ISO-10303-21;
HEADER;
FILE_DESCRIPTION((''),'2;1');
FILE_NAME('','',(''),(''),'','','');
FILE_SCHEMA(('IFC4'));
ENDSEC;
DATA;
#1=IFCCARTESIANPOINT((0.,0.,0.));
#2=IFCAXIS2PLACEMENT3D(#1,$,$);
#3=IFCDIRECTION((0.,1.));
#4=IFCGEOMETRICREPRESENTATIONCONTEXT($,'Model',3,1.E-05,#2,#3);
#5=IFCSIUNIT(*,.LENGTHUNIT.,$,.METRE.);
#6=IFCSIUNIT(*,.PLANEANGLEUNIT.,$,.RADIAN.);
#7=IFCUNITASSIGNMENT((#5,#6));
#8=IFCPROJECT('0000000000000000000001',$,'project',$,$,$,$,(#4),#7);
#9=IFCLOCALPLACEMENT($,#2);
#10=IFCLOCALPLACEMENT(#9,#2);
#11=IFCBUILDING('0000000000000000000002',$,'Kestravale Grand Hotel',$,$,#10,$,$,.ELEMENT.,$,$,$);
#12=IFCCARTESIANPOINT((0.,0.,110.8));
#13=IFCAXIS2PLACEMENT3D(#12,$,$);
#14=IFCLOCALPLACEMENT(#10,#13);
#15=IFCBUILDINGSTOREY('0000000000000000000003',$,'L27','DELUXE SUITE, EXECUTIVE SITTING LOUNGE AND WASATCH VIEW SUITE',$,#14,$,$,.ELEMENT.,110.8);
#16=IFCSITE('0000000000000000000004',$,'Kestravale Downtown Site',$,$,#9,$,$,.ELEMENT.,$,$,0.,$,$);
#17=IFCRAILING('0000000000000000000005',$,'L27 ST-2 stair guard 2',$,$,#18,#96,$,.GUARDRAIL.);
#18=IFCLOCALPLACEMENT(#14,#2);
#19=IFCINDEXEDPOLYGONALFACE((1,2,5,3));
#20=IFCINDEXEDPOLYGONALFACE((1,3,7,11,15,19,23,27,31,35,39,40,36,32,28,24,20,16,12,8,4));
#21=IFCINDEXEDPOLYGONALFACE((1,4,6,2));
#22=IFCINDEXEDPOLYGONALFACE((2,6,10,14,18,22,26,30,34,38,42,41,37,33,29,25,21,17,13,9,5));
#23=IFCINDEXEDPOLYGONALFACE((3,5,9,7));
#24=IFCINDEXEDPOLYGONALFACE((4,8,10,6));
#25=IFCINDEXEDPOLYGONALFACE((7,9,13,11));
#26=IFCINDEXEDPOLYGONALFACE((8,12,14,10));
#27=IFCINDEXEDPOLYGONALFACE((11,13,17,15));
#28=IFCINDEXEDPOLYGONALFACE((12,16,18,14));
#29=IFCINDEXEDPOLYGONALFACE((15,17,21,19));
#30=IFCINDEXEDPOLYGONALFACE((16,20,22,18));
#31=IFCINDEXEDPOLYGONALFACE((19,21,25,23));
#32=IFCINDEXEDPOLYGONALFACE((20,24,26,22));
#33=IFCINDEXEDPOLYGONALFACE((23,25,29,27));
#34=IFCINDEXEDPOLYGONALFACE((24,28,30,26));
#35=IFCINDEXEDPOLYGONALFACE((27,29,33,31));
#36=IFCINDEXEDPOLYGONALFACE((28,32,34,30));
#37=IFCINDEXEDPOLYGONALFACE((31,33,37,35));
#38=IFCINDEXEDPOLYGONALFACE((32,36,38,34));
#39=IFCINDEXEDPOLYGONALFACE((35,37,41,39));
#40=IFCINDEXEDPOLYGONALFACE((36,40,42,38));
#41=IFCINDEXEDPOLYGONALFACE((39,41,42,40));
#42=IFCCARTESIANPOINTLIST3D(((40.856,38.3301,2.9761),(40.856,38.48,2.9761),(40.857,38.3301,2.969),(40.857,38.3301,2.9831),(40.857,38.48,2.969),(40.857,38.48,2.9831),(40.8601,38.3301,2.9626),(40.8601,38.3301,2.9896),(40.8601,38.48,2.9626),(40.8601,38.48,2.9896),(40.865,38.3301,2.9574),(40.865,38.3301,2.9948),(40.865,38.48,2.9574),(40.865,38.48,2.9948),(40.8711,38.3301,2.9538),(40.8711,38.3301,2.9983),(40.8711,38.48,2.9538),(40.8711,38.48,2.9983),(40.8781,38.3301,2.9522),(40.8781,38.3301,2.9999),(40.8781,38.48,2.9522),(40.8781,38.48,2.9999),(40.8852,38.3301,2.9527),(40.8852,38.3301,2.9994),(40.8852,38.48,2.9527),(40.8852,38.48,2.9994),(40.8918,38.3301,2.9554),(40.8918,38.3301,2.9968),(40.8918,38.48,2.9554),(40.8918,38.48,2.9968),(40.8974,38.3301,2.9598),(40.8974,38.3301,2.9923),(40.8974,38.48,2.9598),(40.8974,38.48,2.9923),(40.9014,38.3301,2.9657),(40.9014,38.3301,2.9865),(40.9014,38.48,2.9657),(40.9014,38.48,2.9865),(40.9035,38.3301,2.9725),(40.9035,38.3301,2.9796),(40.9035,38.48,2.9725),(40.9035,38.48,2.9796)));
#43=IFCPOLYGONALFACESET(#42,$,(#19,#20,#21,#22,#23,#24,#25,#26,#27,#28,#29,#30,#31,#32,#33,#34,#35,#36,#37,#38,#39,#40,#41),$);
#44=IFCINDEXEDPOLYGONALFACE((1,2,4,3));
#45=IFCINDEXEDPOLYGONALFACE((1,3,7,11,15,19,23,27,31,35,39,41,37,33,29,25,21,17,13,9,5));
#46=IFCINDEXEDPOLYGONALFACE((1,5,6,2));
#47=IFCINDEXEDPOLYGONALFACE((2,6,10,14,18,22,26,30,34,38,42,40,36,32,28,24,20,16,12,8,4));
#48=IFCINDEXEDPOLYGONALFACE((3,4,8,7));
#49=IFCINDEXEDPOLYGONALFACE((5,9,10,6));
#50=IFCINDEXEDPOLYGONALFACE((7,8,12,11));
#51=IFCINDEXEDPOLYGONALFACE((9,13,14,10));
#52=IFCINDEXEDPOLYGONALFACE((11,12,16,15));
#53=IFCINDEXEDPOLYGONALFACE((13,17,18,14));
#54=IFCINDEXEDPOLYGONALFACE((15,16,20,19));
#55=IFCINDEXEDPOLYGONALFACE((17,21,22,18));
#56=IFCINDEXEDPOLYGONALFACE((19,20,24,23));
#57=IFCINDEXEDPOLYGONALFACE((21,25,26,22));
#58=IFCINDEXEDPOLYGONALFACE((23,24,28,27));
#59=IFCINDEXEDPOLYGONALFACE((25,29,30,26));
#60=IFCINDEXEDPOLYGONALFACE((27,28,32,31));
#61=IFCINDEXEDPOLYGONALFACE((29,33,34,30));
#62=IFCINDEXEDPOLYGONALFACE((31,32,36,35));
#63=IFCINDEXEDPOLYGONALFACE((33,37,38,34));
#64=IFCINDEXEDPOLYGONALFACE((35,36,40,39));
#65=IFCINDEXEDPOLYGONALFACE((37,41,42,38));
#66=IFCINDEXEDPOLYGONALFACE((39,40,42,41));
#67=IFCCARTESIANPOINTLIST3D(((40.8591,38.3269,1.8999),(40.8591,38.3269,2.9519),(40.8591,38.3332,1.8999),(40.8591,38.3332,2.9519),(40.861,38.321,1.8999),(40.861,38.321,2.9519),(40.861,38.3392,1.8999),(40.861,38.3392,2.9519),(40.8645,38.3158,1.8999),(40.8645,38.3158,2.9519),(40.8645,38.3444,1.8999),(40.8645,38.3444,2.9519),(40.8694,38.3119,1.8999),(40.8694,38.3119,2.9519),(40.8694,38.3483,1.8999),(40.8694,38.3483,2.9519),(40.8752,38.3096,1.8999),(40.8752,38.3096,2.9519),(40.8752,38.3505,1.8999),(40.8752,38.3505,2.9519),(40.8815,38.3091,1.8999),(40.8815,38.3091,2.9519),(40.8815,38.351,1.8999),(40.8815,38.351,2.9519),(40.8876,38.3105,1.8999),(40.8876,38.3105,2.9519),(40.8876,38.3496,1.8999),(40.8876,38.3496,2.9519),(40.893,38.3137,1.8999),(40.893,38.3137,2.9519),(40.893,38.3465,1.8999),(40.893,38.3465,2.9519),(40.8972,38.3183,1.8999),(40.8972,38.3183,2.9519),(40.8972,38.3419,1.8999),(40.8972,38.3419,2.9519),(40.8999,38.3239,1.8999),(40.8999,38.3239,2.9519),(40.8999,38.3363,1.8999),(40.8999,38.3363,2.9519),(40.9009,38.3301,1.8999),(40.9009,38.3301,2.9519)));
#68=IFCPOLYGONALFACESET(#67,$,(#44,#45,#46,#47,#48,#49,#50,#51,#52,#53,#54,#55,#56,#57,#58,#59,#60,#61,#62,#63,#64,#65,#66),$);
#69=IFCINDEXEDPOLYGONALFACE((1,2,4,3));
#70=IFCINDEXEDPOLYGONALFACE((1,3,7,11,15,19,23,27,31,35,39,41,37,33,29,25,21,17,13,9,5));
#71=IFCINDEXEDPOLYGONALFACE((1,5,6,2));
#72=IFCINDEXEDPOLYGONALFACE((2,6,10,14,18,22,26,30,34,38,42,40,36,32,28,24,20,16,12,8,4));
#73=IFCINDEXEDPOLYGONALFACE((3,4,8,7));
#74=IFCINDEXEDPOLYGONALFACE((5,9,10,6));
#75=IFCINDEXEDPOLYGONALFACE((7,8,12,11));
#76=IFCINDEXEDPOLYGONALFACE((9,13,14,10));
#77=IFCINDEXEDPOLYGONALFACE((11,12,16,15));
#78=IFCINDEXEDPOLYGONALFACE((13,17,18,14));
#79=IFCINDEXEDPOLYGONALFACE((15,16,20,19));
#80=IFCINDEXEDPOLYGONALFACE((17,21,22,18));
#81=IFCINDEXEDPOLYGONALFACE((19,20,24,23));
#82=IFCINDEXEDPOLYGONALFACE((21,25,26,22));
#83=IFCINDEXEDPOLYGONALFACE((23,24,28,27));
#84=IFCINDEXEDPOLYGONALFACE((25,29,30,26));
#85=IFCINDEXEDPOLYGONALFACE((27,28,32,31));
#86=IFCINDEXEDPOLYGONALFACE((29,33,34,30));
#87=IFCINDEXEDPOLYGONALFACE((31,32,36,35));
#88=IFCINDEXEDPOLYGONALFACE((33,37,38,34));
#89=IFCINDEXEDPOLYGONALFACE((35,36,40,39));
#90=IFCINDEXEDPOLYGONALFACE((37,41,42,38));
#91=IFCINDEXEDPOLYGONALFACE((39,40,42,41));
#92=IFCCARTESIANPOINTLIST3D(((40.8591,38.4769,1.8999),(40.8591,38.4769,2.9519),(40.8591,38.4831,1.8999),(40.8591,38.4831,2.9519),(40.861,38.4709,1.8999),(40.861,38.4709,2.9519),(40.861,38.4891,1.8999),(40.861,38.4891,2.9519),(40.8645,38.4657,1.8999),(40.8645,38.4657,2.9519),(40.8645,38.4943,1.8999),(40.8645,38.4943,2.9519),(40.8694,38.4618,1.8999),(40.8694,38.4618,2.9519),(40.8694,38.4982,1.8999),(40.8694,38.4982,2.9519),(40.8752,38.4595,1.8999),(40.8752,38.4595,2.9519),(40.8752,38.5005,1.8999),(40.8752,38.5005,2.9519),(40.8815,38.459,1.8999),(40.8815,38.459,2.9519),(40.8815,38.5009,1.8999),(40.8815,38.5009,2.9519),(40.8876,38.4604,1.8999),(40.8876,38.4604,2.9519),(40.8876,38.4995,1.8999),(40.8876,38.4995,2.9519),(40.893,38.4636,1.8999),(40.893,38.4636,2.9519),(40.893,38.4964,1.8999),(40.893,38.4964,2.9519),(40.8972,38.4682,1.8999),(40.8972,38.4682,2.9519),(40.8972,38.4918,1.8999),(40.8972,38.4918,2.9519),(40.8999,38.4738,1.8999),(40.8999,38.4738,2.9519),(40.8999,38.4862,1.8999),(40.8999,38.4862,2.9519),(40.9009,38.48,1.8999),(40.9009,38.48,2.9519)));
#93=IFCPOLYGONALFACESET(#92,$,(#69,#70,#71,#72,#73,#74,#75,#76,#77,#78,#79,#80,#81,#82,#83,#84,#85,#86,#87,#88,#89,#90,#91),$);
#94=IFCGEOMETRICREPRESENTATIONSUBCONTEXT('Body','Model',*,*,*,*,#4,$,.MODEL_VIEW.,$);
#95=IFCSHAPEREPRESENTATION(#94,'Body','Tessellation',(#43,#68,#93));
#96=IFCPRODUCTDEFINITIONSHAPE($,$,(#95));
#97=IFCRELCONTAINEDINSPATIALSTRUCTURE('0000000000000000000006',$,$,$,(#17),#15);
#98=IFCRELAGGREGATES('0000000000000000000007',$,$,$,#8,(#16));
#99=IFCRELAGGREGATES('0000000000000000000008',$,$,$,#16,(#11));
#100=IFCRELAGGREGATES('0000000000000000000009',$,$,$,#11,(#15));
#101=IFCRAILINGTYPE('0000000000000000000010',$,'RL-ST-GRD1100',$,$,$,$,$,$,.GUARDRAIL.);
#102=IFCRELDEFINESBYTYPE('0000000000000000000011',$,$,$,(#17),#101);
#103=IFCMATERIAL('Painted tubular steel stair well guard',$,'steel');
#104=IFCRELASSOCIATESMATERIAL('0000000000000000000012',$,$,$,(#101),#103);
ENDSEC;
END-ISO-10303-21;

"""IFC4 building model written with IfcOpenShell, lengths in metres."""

from ifc_helpers import new_model, si_unit, direction, frame, origin, origin_2d, place, context, subcontext, project, spatial, circle, extrude, material, type_object, element, save


model = new_model("IFC4")

# Units and contexts
model_context = context("Model", 3, precision=1e-05, world=origin(), true_north=direction((0.0, 1.0)))
body_context = subcontext(model_context, "Body", "Model", "MODEL_VIEW")
ifc_project = project(units=[si_unit("LENGTHUNIT", "METRE"), si_unit("PLANEANGLEUNIT", "RADIAN")], contexts=[model_context])

# Site, building, storey
site_placement = place(None, origin())
site = spatial("IfcSite", under=ifc_project, at=site_placement, Name="Kestravale Downtown Site", CompositionType="ELEMENT", RefElevation=0.0)
building_placement = place(site_placement, origin())
building = spatial("IfcBuilding", under=site, at=building_placement, Name="Kestravale Grand Hotel", CompositionType="ELEMENT")
storey_placement = place(building_placement, frame((0.0, 0.0, 110.8)))
storey = spatial("IfcBuildingStorey", under=building, at=storey_placement, Name="L27", Description="DELUXE SUITE, EXECUTIVE SITTING LOUNGE AND WASATCH VIEW SUITE", CompositionType="ELEMENT", Elevation=110.8)

# Railing
ifc_material_1 = material(Name="Painted tubular steel stair well guard", Category="steel")
railing_type_1 = type_object("IfcRailingType", Name="RL-ST-GRD1100", PredefinedType="GUARDRAIL", material=ifc_material_1)
railing_1_placement = place(storey_placement, frame((40.8799, 38.3301, 1.8999)))
element("IfcRailing", 1, at=railing_1_placement, inside=storey, type_object=railing_type_1, Name="L27 ST-2 stair guard 2", PredefinedType="GUARDRAIL", context=body_context, shape_type="SweptSolid", body=[
    extrude(circle(Radius=0.0239, at=origin_2d()), frame((0.0, 0.0, 1.0762), z_axis=(0.0, 1.0, 0.0), x_axis=(-1.0, 0.0, 0.0)), (0.0, 0.0, 1.0), 0.1499),
    extrude(circle(Radius=0.021, at=origin_2d()), origin(), (0.0, 0.0, 1.0), 1.052),
    extrude(circle(Radius=0.021, at=origin_2d()), frame((0.0, 0.1499, 0.0)), (0.0, 0.0, 1.0), 1.052),
])

save(model, "model.ifc")
